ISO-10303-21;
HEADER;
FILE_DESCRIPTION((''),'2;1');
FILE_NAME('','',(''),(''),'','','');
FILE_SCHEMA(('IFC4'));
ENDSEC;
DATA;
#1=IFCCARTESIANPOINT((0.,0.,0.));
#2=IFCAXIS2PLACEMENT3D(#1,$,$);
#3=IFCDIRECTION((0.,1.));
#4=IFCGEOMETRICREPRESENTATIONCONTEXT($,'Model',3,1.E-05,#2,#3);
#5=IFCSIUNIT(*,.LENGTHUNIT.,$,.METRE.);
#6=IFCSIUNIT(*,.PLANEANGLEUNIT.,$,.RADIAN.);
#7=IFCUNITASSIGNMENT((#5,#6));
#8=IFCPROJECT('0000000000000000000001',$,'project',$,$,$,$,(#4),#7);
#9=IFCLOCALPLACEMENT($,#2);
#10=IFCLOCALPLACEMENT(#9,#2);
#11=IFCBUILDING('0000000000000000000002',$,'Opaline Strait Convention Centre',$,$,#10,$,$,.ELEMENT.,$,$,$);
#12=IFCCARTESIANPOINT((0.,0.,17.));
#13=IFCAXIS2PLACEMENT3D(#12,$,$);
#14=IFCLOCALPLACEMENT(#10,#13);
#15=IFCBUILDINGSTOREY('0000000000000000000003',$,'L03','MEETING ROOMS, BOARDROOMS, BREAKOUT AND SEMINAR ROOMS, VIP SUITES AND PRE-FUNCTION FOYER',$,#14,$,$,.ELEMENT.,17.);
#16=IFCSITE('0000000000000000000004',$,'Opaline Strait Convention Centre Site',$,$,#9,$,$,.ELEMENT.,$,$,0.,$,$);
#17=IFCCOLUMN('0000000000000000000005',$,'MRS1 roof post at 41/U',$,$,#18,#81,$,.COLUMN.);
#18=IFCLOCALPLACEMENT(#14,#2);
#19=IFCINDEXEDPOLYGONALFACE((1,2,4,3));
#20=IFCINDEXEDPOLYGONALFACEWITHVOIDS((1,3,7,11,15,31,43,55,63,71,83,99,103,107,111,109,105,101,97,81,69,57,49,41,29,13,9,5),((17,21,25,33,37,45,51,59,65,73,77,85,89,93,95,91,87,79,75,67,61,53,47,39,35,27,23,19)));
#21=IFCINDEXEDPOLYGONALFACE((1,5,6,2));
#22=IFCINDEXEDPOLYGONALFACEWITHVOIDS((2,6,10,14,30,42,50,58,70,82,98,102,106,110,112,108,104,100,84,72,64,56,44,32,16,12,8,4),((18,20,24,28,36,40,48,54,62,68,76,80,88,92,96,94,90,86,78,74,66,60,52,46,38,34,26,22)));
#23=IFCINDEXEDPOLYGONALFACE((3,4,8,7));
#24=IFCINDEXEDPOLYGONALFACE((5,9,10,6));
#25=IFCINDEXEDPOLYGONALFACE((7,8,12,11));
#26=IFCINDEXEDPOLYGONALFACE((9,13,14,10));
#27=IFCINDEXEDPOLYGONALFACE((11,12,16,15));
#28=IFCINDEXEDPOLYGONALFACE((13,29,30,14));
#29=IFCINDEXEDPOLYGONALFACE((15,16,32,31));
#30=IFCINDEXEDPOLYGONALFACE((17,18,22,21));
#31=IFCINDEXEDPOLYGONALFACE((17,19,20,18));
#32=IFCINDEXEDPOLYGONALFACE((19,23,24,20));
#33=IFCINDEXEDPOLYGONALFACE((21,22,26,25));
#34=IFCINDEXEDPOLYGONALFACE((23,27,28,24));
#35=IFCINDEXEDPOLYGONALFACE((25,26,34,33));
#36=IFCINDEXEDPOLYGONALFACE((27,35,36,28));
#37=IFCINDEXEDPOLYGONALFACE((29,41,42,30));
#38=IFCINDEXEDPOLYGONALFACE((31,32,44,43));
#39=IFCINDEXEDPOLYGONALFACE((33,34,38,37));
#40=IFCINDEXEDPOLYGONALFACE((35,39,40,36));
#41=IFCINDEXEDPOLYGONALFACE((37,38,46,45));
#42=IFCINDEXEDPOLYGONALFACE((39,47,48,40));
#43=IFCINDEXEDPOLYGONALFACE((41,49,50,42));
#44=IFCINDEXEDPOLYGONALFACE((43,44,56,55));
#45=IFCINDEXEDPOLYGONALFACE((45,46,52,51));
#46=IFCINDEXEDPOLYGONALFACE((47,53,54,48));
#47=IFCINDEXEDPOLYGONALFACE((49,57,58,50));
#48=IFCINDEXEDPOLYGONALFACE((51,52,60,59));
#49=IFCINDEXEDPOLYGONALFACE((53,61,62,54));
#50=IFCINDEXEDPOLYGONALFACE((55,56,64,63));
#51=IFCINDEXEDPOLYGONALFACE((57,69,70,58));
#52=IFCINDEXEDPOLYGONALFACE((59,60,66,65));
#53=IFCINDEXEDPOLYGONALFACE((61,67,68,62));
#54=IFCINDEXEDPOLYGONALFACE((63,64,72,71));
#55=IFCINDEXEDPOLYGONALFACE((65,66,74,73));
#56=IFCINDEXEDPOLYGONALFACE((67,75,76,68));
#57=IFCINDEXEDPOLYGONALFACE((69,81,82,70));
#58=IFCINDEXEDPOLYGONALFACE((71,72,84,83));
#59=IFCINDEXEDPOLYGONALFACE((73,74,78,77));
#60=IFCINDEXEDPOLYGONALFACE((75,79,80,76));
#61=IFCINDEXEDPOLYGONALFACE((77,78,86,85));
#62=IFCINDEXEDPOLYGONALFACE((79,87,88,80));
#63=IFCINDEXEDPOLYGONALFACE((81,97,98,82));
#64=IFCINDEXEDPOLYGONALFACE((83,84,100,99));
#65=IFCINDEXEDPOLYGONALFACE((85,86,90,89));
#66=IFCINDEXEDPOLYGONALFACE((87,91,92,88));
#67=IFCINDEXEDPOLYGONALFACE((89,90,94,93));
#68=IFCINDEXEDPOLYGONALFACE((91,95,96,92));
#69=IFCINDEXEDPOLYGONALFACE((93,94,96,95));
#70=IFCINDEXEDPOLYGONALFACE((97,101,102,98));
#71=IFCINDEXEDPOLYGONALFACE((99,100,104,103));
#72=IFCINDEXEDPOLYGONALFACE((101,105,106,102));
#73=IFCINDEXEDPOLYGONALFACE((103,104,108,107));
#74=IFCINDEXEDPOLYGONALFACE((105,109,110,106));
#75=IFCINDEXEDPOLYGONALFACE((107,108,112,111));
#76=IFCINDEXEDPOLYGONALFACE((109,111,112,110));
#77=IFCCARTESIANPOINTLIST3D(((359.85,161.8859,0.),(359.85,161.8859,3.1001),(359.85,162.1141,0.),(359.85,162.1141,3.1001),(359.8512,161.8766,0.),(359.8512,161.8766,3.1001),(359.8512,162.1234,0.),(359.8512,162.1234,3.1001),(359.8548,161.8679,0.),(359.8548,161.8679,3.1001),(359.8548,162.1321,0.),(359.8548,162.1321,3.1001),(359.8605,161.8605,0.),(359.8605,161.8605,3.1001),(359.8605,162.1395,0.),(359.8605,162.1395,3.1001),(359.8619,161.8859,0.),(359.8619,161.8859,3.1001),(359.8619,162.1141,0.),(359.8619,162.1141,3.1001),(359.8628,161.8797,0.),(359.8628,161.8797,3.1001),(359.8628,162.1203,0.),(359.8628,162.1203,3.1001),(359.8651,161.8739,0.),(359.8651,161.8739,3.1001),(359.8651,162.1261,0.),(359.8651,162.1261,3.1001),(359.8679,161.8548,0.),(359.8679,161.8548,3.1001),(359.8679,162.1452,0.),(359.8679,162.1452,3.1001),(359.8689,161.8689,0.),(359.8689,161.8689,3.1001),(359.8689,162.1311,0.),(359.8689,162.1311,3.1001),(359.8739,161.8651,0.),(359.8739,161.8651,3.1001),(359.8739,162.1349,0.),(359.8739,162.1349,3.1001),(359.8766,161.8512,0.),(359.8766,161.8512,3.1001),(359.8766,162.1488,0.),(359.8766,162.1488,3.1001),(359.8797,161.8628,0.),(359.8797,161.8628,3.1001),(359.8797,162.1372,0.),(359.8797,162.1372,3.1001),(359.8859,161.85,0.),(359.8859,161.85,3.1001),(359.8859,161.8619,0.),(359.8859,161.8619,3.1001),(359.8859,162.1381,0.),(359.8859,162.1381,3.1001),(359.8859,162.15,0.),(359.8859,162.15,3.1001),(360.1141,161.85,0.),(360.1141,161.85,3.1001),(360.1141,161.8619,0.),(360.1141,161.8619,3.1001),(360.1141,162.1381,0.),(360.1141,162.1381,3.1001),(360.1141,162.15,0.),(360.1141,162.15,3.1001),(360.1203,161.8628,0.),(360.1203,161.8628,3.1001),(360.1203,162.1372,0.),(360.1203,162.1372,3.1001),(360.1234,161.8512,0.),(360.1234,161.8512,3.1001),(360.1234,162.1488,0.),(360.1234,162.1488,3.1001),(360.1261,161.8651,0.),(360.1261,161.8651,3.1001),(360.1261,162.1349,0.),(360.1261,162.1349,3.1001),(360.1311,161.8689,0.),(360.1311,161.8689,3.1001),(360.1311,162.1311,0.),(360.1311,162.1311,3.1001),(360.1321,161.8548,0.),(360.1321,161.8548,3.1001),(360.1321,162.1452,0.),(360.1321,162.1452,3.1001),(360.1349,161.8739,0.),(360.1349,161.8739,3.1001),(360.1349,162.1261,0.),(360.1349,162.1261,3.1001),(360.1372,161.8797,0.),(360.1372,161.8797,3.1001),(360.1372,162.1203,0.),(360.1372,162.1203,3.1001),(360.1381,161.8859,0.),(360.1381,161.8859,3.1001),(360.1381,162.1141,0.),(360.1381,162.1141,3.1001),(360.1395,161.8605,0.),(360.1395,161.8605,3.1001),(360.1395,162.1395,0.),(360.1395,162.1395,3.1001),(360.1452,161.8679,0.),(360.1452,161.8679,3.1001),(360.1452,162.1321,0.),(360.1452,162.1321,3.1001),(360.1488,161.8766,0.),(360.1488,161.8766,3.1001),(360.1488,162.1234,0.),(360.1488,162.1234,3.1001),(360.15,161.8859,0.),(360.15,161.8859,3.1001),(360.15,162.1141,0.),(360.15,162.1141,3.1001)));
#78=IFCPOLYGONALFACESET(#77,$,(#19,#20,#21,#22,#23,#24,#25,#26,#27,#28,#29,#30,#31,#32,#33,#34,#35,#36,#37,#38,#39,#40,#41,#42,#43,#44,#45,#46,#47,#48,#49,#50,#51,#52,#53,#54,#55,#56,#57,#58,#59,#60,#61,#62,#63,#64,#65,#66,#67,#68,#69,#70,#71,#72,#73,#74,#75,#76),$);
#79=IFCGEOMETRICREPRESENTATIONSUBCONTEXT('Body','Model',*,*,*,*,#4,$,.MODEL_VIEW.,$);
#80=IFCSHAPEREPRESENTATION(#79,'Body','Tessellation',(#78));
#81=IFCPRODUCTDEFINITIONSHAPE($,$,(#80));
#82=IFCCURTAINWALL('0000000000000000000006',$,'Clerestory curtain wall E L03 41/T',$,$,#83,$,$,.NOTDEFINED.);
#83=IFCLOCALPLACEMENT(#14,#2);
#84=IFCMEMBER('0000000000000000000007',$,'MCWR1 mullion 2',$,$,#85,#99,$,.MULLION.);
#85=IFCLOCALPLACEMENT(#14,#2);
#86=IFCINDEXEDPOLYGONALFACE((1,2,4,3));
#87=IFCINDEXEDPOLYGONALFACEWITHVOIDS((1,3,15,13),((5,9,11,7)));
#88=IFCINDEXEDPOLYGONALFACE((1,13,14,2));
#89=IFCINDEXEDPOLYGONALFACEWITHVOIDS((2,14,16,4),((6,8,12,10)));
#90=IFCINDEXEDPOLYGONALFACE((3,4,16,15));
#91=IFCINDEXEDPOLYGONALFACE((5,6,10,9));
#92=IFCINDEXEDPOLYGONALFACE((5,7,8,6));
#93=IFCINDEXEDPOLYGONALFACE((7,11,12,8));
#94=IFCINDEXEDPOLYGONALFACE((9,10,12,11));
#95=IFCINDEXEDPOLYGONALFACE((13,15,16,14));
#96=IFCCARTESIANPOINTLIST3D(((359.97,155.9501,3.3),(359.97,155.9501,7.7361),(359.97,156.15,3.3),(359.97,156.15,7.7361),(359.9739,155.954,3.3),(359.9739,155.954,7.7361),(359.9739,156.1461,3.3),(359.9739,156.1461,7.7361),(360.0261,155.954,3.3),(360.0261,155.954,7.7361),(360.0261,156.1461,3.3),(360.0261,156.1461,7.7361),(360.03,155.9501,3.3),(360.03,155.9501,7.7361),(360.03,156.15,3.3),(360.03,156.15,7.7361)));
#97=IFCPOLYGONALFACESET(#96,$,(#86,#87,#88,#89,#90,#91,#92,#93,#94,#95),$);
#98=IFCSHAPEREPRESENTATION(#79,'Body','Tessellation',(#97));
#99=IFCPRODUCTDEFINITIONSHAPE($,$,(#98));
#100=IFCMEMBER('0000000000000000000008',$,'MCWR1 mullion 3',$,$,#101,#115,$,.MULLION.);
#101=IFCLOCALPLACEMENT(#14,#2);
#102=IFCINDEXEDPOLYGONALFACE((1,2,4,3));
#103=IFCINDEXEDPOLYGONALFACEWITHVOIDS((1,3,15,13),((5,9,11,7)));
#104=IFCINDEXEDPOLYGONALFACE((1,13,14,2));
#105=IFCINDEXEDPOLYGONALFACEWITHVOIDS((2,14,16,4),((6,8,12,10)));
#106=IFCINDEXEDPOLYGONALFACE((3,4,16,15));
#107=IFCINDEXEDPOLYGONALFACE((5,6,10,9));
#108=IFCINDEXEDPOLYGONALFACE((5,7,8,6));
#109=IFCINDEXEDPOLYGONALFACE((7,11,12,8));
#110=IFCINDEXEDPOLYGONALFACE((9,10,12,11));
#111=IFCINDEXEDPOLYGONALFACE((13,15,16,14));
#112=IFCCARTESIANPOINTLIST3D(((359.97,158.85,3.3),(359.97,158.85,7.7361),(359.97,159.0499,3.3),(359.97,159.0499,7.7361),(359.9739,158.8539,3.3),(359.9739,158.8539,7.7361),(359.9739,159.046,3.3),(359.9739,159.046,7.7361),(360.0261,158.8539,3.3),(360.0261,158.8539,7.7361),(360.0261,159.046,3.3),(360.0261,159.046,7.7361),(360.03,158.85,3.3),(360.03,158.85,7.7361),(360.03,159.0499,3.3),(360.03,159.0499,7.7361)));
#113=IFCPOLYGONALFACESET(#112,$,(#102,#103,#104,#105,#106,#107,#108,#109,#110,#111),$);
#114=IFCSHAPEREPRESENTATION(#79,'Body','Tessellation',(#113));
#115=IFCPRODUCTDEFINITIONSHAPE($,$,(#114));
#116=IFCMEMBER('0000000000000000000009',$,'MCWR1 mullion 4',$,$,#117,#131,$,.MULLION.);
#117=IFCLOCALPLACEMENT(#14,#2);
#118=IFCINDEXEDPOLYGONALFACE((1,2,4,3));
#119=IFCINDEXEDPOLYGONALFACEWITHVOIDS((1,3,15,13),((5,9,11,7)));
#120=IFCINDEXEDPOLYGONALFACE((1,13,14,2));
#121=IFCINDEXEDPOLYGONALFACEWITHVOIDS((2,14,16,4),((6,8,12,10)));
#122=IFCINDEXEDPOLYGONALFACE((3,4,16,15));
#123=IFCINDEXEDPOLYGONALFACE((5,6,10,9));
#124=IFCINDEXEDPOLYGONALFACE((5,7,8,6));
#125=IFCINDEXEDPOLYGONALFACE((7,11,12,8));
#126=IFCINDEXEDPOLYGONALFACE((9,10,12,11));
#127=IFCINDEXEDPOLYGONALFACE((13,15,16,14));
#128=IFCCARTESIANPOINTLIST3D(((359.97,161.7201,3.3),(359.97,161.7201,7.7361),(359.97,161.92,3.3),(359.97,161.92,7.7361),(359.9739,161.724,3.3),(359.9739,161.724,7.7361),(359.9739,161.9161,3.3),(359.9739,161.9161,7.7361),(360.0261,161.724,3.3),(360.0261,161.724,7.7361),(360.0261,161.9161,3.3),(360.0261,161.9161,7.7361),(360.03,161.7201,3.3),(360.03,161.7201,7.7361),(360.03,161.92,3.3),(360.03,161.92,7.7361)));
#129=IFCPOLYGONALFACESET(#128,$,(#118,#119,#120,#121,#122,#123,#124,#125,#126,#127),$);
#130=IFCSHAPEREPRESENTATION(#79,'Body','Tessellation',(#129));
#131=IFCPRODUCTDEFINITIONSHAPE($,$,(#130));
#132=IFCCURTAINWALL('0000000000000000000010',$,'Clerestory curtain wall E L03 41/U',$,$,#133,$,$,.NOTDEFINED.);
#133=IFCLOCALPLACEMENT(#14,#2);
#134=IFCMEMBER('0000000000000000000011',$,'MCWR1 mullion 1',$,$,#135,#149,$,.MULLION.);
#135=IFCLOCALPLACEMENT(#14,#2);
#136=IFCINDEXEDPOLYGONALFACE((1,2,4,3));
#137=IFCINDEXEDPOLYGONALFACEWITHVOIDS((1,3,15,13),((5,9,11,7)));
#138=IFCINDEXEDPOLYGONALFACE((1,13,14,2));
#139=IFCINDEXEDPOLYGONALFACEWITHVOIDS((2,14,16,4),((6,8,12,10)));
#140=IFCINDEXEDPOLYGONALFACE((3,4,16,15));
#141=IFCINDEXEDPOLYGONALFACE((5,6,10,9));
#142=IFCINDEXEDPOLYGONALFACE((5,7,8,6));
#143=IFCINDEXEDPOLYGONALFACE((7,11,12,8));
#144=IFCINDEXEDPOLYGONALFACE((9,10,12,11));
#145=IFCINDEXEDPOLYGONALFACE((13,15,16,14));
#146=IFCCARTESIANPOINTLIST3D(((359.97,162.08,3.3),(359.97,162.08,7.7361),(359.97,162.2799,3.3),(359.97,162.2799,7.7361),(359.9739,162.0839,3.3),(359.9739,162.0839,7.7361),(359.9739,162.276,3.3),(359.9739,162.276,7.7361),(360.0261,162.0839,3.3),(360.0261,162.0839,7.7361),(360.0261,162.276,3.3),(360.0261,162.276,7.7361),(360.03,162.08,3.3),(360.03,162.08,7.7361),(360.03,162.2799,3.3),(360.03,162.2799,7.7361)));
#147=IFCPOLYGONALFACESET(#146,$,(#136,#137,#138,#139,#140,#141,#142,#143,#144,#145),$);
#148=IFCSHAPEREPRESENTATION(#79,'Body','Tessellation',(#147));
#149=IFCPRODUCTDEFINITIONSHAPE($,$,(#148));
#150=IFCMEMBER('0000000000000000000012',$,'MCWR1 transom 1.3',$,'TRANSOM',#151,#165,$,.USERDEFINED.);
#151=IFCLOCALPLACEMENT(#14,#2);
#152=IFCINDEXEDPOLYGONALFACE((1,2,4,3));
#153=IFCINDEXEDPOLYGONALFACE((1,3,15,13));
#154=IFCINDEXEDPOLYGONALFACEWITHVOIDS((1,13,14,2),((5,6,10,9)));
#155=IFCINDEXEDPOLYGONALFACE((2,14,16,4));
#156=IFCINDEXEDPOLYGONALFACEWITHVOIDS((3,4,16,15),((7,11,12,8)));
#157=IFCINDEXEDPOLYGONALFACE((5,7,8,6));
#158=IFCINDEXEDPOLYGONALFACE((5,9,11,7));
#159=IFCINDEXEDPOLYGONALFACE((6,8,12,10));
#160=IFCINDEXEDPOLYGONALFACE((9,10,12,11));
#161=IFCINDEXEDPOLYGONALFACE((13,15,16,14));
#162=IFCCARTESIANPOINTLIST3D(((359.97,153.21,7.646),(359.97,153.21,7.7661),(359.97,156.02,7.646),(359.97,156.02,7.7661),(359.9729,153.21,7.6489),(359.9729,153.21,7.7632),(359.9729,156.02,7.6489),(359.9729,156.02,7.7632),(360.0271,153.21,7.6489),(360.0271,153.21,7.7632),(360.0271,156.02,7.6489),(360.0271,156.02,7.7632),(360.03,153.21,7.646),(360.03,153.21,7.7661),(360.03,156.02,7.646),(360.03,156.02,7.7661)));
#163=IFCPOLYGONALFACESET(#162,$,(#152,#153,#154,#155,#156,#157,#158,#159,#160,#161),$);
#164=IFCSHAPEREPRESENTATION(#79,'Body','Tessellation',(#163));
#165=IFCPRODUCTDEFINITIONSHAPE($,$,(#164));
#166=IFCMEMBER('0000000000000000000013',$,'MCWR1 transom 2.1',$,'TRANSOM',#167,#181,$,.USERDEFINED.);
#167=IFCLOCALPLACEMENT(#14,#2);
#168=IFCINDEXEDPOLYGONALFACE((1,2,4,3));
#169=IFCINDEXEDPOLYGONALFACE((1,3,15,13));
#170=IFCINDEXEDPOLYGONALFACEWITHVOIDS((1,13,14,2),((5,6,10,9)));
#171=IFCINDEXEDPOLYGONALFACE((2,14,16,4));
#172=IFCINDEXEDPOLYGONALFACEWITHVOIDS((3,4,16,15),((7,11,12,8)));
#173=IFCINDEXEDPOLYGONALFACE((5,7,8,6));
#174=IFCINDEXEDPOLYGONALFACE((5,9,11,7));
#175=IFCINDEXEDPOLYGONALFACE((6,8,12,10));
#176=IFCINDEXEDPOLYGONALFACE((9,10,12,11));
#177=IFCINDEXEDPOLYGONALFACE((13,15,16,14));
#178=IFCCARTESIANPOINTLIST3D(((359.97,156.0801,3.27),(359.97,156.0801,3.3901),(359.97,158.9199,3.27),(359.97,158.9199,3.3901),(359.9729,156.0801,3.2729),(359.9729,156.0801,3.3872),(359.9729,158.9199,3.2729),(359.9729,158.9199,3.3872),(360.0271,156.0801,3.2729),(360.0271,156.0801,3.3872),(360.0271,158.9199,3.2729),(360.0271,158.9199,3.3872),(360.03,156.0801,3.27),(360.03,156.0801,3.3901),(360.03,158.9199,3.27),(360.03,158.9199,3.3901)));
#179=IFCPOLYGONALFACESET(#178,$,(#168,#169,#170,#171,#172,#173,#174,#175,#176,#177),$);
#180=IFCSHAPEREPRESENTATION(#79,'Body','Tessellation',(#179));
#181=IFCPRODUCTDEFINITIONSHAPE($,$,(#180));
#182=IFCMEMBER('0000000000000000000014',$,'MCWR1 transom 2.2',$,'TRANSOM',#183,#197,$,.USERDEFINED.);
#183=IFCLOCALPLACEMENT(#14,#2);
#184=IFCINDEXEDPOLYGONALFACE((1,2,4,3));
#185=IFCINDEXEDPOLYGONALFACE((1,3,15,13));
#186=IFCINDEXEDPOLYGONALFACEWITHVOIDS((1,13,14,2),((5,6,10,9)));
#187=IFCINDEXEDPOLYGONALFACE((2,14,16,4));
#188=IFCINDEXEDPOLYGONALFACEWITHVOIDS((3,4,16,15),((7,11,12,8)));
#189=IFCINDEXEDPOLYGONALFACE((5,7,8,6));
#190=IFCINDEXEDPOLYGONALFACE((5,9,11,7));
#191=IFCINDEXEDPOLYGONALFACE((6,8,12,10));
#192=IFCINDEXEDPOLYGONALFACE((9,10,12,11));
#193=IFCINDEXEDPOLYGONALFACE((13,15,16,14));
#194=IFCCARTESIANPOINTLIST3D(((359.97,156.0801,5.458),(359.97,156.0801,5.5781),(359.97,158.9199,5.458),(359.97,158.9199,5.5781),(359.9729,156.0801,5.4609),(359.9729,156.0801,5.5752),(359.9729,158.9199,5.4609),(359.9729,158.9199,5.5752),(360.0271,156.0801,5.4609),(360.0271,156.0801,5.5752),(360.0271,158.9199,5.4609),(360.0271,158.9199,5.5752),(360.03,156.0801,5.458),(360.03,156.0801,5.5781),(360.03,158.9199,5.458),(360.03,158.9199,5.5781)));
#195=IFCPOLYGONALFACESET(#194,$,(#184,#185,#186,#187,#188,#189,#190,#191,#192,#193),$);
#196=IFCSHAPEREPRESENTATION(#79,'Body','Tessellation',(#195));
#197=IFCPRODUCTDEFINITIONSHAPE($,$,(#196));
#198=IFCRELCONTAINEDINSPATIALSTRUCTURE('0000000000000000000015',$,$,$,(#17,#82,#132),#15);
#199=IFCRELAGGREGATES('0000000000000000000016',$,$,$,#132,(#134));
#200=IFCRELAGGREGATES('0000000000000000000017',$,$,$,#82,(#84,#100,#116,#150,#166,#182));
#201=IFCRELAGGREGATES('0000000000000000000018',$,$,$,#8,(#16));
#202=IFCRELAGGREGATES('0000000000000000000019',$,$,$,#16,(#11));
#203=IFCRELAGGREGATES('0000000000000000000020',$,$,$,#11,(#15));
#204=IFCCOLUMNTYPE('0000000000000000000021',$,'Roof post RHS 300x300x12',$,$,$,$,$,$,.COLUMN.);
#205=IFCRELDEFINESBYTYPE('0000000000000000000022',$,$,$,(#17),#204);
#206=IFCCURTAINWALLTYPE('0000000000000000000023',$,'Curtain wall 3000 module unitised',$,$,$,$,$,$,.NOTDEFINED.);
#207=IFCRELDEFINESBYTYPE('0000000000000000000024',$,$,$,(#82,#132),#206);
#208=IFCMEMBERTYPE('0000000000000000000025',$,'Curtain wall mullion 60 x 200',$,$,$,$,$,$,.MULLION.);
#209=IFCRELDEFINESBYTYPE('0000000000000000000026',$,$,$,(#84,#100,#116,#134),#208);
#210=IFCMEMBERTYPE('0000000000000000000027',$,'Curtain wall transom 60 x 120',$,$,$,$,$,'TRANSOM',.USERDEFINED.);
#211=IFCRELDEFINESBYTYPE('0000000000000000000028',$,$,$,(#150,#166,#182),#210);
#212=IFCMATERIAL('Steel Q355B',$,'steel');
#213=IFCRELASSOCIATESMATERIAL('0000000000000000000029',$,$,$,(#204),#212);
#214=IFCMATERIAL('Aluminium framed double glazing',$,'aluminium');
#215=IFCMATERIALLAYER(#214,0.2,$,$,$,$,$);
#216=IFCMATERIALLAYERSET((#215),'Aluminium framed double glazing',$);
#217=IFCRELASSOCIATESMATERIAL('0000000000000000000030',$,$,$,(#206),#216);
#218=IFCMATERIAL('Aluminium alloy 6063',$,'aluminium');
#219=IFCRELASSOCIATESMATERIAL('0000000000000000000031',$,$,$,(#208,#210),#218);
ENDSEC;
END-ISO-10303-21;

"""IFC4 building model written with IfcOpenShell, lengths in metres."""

from ifc_helpers import new_model, si_unit, direction, frame, origin, origin_2d, place, context, subcontext, project, spatial, hollow_rectangle, extrude, material, layer, layer_set, material_profile, profile_set, type_object, element, aggregate, save


model = new_model("IFC4")

# Units and contexts
model_context = context("Model", 3, precision=1e-05, world=origin(), true_north=direction((0.0, 1.0)))
body_context = subcontext(model_context, "Body", "Model", "MODEL_VIEW")
ifc_project = project(units=[si_unit("LENGTHUNIT", "METRE"), si_unit("PLANEANGLEUNIT", "RADIAN")], contexts=[model_context])

# Site, building, storey
site_placement = place(None, origin())
site = spatial("IfcSite", under=ifc_project, at=site_placement, Name="Opaline Strait Convention Centre Site", CompositionType="ELEMENT", RefElevation=0.0)
building_placement = place(site_placement, origin())
building = spatial("IfcBuilding", under=site, at=building_placement, Name="Opaline Strait Convention Centre", CompositionType="ELEMENT")
storey_placement = place(building_placement, frame((0.0, 0.0, 17.0)))
storey = spatial("IfcBuildingStorey", under=building, at=storey_placement, Name="L03", Description="MEETING ROOMS, BOARDROOMS, BREAKOUT AND SEMINAR ROOMS, VIP SUITES AND PRE-FUNCTION FOYER", CompositionType="ELEMENT", Elevation=17.0)

# Column
ifc_material_1 = material(Name="Steel Q355B", Category="steel")
ifc_material_profile_1 = material_profile(ifc_material_1, hollow_rectangle(XDim=0.3, YDim=0.3, WallThickness=0.012, InnerFilletRadius=0.0239, OuterFilletRadius=0.0359, at=origin_2d()), Name="RHS 300x300x12")
ifc_profile_set_1 = profile_set([ifc_material_profile_1], Name="Steel Q355B")
column_type = type_object("IfcColumnType", Name="Roof post RHS 300x300x12", PredefinedType="COLUMN", material=ifc_profile_set_1)
column_placement = place(storey_placement, frame((360.0, 162.0, 0.0), z_axis=(0.0, 0.0, 1.0), x_axis=(1.0, 0.0, 0.0)))
element("IfcColumn", 1, at=column_placement, inside=storey, type_object=column_type, Name="MRS1 roof post at 41/U", PredefinedType="COLUMN", context=body_context, shape_type="SweptSolid", body=[
    extrude(hollow_rectangle(XDim=0.3, YDim=0.3, WallThickness=0.012, InnerFilletRadius=0.0239, OuterFilletRadius=0.0359, at=origin_2d()), origin(), (0.0, 0.0, 1.0), 3.1001),
])

# Curtain wall, members
ifc_material_2 = material(Name="Aluminium framed double glazing", Category="aluminium")
ifc_layer_1 = layer(ifc_material_2, 0.2)
ifc_layer_set_1 = layer_set([ifc_layer_1], Name="Aluminium framed double glazing")
curtain_wall_type = type_object("IfcCurtainWallType", Name="Curtain wall 3000 module unitised", PredefinedType="NOTDEFINED", material=ifc_layer_set_1)
curtain_wall_1_placement = place(storey_placement, origin())
curtain_wall_1 = element("IfcCurtainWall", 2, at=curtain_wall_1_placement, inside=storey, type_object=curtain_wall_type, Name="Clerestory curtain wall E L03 41/T", PredefinedType="NOTDEFINED")
ifc_material_3 = material(Name="Aluminium alloy 6063", Category="aluminium")
ifc_material_profile_2 = material_profile(ifc_material_3, hollow_rectangle(XDim=0.0601, YDim=0.2, WallThickness=0.0039, at=origin_2d()), Name="MULLION 60x200x4")
ifc_profile_set_2 = profile_set([ifc_material_profile_2], Name="Aluminium alloy 6063")
member_type_1 = type_object("IfcMemberType", Name="Curtain wall mullion 60 x 200", PredefinedType="MULLION", material=ifc_profile_set_2)
member_1_placement = place(storey_placement, frame((360.0, 156.05, 3.3), z_axis=(0.0, 0.0, 1.0), x_axis=(-1.0, 0.0, 0.0)))
member_1 = element("IfcMember", 3, at=member_1_placement, type_object=member_type_1, Name="MCWR1 mullion 2", PredefinedType="MULLION", context=body_context, shape_type="SweptSolid", body=[
    extrude(hollow_rectangle(XDim=0.0601, YDim=0.2, WallThickness=0.0039, at=origin_2d()), origin(), (0.0, 0.0, 1.0), 4.436),
])
member_2_placement = place(storey_placement, frame((360.0, 158.95, 3.3), z_axis=(0.0, 0.0, 1.0), x_axis=(-1.0, 0.0, 0.0)))
member_2 = element("IfcMember", 4, at=member_2_placement, type_object=member_type_1, Name="MCWR1 mullion 3", PredefinedType="MULLION", context=body_context, shape_type="SweptSolid", body=[
    extrude(hollow_rectangle(XDim=0.0601, YDim=0.2, WallThickness=0.0039, at=origin_2d()), origin(), (0.0, 0.0, 1.0), 4.436),
])
member_3_placement = place(storey_placement, frame((360.0, 161.8201, 3.3), z_axis=(0.0, 0.0, 1.0), x_axis=(-1.0, 0.0, 0.0)))
member_3 = element("IfcMember", 5, at=member_3_placement, type_object=member_type_1, Name="MCWR1 mullion 4", PredefinedType="MULLION", context=body_context, shape_type="SweptSolid", body=[
    extrude(hollow_rectangle(XDim=0.0601, YDim=0.2, WallThickness=0.0039, at=origin_2d()), origin(), (0.0, 0.0, 1.0), 4.436),
])

# Curtain wall, member
curtain_wall_2_placement = place(storey_placement, origin())
curtain_wall_2 = element("IfcCurtainWall", 6, at=curtain_wall_2_placement, inside=storey, type_object=curtain_wall_type, Name="Clerestory curtain wall E L03 41/U", PredefinedType="NOTDEFINED")
member_4_placement = place(storey_placement, frame((360.0, 162.1799, 3.3), z_axis=(0.0, 0.0, 1.0), x_axis=(-1.0, 0.0, 0.0)))
member_4 = element("IfcMember", 7, at=member_4_placement, type_object=member_type_1, Name="MCWR1 mullion 1", PredefinedType="MULLION", context=body_context, shape_type="SweptSolid", body=[
    extrude(hollow_rectangle(XDim=0.0601, YDim=0.2, WallThickness=0.0039, at=origin_2d()), origin(), (0.0, 0.0, 1.0), 4.436),
])

# Members
ifc_material_profile_3 = material_profile(ifc_material_3, hollow_rectangle(XDim=0.0601, YDim=0.1201, WallThickness=0.0029, at=origin_2d()), Name="TRANSOM 60x120x3")
ifc_profile_set_3 = profile_set([ifc_material_profile_3], Name="Aluminium alloy 6063")
member_type_2 = type_object("IfcMemberType", Name="Curtain wall transom 60 x 120", ElementType="TRANSOM", PredefinedType="USERDEFINED", material=ifc_profile_set_3)
member_5_placement = place(storey_placement, frame((360.0, 153.21, 7.7061), z_axis=(0.0, 1.0, 0.0), x_axis=(-1.0, 0.0, 0.0)))
member_5 = element("IfcMember", 8, at=member_5_placement, type_object=member_type_2, Name="MCWR1 transom 1.3", ObjectType="TRANSOM", PredefinedType="USERDEFINED", context=body_context, shape_type="SweptSolid", body=[
    extrude(hollow_rectangle(XDim=0.0601, YDim=0.1201, WallThickness=0.0029, at=origin_2d()), origin(), (0.0, 0.0, 1.0), 2.8101),
])
member_6_placement = place(storey_placement, frame((360.0, 156.0801, 3.3301), z_axis=(0.0, 1.0, 0.0), x_axis=(-1.0, 0.0, 0.0)))
member_6 = element("IfcMember", 9, at=member_6_placement, type_object=member_type_2, Name="MCWR1 transom 2.1", ObjectType="TRANSOM", PredefinedType="USERDEFINED", context=body_context, shape_type="SweptSolid", body=[
    extrude(hollow_rectangle(XDim=0.0601, YDim=0.1201, WallThickness=0.0029, at=origin_2d()), origin(), (0.0, 0.0, 1.0), 2.8398),
])
member_7_placement = place(storey_placement, frame((360.0, 156.0801, 5.5181), z_axis=(0.0, 1.0, 0.0), x_axis=(-1.0, 0.0, 0.0)))
member_7 = element("IfcMember", 10, at=member_7_placement, type_object=member_type_2, Name="MCWR1 transom 2.2", ObjectType="TRANSOM", PredefinedType="USERDEFINED", context=body_context, shape_type="SweptSolid", body=[
    extrude(hollow_rectangle(XDim=0.0601, YDim=0.1201, WallThickness=0.0029, at=origin_2d()), origin(), (0.0, 0.0, 1.0), 2.8398),
])
aggregate(curtain_wall_2, [member_4])

aggregate(curtain_wall_1, [member_1, member_2, member_3, member_5, member_6, member_7])

save(model, "model.ifc")
